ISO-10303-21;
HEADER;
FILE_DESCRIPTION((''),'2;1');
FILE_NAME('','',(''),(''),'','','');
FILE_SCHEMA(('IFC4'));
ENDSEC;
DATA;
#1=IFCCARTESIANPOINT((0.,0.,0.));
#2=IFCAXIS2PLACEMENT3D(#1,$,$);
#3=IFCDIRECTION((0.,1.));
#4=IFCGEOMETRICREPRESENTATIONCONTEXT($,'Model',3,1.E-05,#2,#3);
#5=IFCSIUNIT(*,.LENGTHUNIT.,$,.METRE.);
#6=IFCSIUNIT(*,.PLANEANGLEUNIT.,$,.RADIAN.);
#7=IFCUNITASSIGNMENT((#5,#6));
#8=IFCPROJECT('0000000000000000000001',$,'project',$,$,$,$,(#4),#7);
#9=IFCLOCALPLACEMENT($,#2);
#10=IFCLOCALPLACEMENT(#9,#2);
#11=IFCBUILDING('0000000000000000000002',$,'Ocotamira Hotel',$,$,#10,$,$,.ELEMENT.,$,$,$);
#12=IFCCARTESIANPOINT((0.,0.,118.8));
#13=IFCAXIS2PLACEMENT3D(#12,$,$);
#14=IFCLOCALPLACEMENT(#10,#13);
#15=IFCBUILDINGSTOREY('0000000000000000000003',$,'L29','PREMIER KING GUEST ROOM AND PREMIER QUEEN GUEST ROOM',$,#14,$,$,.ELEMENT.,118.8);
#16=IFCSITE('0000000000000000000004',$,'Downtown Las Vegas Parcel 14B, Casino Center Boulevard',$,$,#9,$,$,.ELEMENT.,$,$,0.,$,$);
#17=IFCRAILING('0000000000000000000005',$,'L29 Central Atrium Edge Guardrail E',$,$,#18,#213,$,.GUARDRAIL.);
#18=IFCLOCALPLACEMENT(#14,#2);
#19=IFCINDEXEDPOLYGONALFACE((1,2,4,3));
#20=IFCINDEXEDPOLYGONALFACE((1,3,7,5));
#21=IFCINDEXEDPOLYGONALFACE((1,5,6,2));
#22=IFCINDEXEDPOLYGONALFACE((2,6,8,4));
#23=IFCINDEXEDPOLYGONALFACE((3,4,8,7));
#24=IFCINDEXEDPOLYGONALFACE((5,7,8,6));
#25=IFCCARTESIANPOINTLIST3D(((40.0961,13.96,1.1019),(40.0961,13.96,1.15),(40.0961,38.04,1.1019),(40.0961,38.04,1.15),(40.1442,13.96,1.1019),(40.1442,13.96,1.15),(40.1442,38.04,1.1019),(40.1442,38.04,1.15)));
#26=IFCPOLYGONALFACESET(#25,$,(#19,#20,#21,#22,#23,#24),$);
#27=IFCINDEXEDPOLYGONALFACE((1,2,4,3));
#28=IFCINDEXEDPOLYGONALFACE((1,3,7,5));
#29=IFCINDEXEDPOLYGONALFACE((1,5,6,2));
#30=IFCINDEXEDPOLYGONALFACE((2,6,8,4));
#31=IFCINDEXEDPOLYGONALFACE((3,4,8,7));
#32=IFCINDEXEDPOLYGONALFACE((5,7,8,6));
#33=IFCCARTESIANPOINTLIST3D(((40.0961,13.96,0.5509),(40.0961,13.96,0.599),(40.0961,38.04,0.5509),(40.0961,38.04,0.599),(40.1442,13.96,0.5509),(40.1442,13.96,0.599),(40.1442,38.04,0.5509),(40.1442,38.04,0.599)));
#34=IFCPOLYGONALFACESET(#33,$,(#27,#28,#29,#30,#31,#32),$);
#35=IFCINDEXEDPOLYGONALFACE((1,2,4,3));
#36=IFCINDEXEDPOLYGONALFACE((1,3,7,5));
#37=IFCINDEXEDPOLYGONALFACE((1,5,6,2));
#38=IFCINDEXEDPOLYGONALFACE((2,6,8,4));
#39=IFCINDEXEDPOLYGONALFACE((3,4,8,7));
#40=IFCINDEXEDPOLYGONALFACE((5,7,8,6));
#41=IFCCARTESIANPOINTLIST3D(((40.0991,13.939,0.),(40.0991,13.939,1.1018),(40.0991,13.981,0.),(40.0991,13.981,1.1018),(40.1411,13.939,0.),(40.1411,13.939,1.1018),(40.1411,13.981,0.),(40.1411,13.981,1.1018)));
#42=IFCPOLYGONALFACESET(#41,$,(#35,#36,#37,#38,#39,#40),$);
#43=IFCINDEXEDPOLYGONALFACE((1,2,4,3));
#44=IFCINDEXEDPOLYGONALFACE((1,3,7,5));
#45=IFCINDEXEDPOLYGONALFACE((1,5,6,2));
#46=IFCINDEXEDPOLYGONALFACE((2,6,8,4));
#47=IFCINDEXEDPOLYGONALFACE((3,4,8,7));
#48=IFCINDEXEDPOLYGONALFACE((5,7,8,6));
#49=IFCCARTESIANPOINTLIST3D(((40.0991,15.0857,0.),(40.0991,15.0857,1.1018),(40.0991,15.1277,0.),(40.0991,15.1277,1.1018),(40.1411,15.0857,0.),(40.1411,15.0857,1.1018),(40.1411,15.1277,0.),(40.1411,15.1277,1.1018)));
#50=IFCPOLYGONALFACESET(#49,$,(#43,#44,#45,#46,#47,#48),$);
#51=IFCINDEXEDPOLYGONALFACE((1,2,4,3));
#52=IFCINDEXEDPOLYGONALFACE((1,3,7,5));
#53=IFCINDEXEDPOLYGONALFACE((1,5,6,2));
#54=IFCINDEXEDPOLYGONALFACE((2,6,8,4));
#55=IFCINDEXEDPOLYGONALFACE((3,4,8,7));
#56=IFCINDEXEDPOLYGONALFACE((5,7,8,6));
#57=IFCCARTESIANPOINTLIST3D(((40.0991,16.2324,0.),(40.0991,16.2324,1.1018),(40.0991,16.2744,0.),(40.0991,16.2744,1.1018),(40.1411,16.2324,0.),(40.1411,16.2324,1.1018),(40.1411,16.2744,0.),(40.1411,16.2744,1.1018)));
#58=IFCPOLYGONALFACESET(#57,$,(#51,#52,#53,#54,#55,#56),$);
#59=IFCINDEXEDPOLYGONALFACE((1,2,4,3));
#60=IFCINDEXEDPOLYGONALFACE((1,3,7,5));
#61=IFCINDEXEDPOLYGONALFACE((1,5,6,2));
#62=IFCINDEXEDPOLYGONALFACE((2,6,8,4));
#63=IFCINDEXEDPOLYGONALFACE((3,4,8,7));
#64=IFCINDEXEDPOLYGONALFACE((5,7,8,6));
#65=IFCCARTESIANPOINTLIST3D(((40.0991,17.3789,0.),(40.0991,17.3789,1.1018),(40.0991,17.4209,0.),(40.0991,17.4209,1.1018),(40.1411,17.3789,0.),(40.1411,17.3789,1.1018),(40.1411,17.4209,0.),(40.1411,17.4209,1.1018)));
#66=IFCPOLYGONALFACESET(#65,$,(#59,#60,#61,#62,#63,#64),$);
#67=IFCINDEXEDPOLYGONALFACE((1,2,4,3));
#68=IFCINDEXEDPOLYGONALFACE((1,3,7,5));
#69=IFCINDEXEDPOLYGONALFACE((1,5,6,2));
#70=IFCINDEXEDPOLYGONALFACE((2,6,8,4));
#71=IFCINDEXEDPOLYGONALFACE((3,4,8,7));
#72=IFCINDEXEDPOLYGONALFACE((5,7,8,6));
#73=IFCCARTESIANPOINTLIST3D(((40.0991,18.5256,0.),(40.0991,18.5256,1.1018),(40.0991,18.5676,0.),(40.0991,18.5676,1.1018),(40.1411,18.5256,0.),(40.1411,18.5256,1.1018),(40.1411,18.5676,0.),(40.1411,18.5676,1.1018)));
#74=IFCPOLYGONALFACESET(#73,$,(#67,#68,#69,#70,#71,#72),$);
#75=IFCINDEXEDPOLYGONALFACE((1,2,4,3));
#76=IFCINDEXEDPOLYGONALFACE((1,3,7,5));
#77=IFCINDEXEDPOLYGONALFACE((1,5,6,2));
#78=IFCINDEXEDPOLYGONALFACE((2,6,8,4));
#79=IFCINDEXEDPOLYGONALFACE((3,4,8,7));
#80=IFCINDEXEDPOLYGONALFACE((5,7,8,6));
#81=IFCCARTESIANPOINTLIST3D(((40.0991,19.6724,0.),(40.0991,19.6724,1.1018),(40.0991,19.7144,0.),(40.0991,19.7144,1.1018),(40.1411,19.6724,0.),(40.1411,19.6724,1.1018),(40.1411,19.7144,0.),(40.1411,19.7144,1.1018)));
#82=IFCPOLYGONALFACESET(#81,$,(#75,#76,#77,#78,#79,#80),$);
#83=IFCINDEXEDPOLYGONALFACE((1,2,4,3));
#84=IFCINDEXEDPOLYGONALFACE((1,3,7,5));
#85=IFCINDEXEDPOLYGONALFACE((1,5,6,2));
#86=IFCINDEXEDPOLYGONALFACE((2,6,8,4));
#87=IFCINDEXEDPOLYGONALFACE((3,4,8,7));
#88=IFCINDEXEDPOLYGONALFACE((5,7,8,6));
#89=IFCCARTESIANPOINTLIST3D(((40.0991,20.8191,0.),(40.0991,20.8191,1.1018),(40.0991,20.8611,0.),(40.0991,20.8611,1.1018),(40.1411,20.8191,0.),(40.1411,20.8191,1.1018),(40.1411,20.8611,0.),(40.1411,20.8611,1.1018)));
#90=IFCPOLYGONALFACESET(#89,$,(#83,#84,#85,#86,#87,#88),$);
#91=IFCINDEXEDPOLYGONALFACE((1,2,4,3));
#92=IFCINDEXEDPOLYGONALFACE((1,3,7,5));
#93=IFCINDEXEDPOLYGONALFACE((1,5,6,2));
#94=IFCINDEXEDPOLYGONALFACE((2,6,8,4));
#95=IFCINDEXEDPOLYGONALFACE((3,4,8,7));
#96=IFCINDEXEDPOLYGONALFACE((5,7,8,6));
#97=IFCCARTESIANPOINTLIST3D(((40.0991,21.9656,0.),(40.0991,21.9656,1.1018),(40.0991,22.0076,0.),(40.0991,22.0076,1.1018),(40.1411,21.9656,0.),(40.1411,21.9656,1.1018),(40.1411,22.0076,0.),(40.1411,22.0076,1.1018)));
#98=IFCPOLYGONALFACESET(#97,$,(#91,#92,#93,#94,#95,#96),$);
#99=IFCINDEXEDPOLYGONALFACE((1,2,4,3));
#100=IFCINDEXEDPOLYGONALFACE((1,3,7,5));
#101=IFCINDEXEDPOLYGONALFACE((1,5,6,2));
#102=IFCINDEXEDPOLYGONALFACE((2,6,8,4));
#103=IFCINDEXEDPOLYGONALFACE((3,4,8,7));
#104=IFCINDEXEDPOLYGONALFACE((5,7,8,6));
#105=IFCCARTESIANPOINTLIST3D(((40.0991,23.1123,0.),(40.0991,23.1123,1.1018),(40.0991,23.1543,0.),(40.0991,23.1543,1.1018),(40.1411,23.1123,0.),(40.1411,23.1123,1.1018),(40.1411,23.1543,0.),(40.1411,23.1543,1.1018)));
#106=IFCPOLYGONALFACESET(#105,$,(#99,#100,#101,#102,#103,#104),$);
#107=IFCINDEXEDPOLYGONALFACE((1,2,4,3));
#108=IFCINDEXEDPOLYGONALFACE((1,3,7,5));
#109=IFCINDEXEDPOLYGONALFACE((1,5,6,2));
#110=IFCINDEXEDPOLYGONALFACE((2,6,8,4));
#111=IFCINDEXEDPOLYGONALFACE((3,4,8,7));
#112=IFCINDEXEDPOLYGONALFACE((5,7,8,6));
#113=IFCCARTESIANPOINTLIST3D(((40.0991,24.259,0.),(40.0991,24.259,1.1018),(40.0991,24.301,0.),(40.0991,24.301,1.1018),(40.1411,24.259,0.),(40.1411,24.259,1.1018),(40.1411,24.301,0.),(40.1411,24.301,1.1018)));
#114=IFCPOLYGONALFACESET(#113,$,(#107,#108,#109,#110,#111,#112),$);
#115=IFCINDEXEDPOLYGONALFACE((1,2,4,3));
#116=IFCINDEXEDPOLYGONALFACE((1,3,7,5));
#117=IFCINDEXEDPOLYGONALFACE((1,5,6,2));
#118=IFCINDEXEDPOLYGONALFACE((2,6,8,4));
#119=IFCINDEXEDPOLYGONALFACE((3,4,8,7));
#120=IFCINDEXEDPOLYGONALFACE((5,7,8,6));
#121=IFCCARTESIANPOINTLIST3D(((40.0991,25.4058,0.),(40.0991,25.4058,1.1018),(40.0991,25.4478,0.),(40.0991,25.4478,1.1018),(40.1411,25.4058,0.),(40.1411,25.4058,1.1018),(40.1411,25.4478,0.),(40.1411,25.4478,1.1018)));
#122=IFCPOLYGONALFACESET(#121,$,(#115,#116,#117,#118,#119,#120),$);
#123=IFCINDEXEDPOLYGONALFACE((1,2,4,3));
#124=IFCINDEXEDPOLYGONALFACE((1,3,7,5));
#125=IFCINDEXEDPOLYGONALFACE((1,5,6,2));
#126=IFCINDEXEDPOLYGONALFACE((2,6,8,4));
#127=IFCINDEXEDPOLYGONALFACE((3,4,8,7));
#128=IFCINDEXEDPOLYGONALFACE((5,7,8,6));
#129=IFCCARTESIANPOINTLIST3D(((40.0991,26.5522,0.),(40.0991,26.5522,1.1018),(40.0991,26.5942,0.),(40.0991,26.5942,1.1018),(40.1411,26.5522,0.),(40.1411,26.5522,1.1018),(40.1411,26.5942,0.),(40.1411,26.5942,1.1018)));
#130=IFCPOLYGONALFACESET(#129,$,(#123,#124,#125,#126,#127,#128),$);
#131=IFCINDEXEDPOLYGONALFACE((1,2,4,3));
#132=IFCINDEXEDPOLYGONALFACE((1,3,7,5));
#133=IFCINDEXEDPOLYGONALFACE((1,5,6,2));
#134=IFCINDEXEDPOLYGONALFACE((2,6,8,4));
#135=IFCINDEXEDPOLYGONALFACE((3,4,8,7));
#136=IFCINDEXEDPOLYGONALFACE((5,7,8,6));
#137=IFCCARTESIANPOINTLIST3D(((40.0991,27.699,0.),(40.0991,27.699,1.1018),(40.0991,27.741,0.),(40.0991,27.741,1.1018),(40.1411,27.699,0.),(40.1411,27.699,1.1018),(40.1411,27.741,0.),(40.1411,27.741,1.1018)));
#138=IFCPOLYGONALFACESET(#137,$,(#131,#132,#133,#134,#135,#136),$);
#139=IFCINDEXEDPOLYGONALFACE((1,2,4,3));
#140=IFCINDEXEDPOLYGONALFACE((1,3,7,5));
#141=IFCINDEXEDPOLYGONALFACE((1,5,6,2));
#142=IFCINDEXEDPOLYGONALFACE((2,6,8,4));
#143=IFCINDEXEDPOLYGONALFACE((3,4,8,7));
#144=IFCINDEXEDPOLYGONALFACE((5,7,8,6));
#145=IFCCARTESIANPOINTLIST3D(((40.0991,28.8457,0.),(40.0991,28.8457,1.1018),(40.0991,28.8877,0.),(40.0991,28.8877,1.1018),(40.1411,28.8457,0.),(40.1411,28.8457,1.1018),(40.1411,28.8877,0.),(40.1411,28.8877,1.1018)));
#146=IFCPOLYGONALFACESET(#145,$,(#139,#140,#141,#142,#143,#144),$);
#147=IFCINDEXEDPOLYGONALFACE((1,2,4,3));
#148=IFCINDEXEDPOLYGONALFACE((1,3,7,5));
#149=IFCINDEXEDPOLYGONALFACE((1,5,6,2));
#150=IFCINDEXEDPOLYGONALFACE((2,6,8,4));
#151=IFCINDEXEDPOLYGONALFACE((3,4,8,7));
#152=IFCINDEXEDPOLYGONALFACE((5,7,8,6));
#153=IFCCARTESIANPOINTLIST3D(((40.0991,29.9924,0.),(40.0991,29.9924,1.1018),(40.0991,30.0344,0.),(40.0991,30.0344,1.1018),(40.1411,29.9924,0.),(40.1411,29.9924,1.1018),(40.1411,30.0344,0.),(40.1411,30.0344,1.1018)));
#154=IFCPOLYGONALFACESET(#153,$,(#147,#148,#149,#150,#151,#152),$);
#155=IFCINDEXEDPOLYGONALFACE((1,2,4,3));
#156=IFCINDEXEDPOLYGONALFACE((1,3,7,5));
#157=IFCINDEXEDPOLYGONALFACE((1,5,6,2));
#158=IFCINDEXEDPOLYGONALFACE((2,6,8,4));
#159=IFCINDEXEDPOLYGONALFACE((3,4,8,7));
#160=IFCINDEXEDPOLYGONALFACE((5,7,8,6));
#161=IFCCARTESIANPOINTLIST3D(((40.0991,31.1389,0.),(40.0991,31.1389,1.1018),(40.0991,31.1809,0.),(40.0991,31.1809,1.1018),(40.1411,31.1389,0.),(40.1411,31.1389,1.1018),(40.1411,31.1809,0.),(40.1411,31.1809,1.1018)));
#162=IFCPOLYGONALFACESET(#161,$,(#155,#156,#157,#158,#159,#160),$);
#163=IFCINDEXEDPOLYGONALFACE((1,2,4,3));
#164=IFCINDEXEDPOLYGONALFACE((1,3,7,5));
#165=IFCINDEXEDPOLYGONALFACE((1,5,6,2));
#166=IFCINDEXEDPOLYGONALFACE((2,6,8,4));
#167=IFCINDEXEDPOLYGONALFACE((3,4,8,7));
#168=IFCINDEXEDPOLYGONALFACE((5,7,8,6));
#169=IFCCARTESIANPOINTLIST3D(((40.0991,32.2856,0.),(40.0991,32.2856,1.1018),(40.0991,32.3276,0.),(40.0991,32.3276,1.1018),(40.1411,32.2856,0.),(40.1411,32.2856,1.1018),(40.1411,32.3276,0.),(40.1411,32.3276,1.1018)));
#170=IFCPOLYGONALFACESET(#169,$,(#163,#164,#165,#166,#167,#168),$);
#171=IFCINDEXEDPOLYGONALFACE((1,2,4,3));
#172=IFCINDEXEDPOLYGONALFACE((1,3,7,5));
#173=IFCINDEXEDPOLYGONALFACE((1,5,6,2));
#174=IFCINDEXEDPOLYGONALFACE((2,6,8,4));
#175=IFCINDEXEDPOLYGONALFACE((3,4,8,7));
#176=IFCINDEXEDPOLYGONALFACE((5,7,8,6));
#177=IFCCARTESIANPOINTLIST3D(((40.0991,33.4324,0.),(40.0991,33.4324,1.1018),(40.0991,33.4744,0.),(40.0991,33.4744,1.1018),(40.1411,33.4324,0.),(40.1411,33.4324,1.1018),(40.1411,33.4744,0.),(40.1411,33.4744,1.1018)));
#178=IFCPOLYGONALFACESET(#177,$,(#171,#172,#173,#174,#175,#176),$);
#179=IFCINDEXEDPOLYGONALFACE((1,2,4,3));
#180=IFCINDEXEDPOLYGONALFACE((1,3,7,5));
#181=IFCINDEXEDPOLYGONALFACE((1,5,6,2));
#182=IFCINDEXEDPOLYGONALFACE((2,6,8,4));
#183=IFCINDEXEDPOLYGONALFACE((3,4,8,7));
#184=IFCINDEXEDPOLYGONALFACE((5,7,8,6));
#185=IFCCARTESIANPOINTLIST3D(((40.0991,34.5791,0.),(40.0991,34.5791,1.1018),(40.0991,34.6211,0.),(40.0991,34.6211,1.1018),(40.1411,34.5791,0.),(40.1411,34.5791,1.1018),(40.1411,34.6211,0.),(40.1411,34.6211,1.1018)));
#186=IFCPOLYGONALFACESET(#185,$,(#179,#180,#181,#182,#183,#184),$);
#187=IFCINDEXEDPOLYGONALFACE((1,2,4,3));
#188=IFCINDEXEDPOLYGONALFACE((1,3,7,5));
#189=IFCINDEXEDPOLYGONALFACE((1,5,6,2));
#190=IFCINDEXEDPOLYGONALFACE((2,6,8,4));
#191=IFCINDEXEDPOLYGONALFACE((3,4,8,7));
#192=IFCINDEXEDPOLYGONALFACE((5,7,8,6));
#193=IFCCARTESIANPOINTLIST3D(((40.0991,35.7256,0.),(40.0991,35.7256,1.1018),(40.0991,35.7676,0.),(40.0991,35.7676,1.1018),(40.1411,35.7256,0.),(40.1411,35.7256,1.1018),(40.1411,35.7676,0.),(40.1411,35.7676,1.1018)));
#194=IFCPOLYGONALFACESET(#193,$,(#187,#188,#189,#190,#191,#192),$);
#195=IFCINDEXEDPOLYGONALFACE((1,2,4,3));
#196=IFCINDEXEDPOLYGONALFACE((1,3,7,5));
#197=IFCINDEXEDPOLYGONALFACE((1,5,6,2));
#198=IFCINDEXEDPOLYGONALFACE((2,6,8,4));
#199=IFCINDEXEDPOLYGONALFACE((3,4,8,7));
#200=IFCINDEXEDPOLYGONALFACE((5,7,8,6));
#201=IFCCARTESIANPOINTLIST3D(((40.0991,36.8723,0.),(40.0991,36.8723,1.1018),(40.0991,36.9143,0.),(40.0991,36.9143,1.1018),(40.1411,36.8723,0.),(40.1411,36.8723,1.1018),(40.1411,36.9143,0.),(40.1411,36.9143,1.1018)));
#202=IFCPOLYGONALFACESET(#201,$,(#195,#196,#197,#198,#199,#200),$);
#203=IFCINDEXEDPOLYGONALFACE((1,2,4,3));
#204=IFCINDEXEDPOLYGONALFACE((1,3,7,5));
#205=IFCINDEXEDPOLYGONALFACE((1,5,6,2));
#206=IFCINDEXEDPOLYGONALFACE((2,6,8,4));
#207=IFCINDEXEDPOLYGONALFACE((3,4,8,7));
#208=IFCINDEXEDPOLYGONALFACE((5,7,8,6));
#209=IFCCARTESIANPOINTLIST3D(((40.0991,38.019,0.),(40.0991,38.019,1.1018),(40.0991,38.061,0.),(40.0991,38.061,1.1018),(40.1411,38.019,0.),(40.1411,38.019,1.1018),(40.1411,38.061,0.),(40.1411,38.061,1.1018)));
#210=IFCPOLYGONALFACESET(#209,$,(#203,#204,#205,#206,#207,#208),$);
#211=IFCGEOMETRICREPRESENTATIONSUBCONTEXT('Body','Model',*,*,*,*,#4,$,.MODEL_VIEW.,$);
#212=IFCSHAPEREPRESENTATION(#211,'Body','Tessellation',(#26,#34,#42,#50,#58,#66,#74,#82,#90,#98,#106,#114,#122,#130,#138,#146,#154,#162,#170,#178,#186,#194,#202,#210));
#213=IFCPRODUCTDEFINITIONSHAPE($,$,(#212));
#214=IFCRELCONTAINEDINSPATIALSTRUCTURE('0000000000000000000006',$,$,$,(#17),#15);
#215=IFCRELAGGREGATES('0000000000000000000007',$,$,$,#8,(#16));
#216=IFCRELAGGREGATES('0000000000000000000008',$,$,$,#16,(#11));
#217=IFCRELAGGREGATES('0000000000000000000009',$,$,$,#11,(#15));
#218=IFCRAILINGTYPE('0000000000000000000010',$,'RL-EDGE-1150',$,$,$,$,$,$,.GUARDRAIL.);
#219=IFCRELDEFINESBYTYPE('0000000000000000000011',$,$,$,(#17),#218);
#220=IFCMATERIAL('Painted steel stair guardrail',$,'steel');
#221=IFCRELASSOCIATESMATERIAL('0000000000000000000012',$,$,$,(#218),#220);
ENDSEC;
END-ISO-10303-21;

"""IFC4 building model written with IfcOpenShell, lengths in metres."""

from ifc_helpers import new_model, si_unit, direction, frame, origin, origin_2d, place, context, subcontext, project, spatial, rectangle, extrude, material, type_object, element, save


model = new_model("IFC4")

# Units and contexts
model_context = context("Model", 3, precision=1e-05, world=origin(), true_north=direction((0.0, 1.0)))
body_context = subcontext(model_context, "Body", "Model", "MODEL_VIEW")
ifc_project = project(units=[si_unit("LENGTHUNIT", "METRE"), si_unit("PLANEANGLEUNIT", "RADIAN")], contexts=[model_context])

# Site, building, storey
site_placement = place(None, origin())
site = spatial("IfcSite", under=ifc_project, at=site_placement, Name="Downtown Las Vegas Parcel 14B, Casino Center Boulevard", CompositionType="ELEMENT", RefElevation=0.0)
building_placement = place(site_placement, origin())
building = spatial("IfcBuilding", under=site, at=building_placement, Name="Ocotamira Hotel", CompositionType="ELEMENT")
storey_placement = place(building_placement, frame((0.0, 0.0, 118.8)))
storey = spatial("IfcBuildingStorey", under=building, at=storey_placement, Name="L29", Description="PREMIER KING GUEST ROOM AND PREMIER QUEEN GUEST ROOM", CompositionType="ELEMENT", Elevation=118.8)

# Railing
ifc_material_1 = material(Name="Painted steel stair guardrail", Category="steel")
railing_type = type_object("IfcRailingType", Name="RL-EDGE-1150", PredefinedType="GUARDRAIL", material=ifc_material_1)
railing_placement = place(storey_placement, frame((40.1201, 13.96, 0.0)))
element("IfcRailing", 1, at=railing_placement, inside=storey, type_object=railing_type, Name="L29 Central Atrium Edge Guardrail E", PredefinedType="GUARDRAIL", context=body_context, shape_type="SweptSolid", body=[
    extrude(rectangle(XDim=0.0481, YDim=0.0481, at=origin_2d()), frame((0.0, 0.0, 1.126), z_axis=(0.0, 1.0, 0.0), x_axis=(-1.0, 0.0, 0.0)), (0.0, 0.0, 1.0), 24.0801),
    extrude(rectangle(XDim=0.0481, YDim=0.0481, at=origin_2d()), frame((0.0, 0.0, 0.575), z_axis=(0.0, 1.0, 0.0), x_axis=(-1.0, 0.0, 0.0)), (0.0, 0.0, 1.0), 24.0801),
    extrude(rectangle(XDim=0.042, YDim=0.042, at=origin_2d()), origin(), (0.0, 0.0, 1.0), 1.1018),
    extrude(rectangle(XDim=0.042, YDim=0.042, at=origin_2d()), frame((0.0, 1.1467, 0.0)), (0.0, 0.0, 1.0), 1.1018),
    extrude(rectangle(XDim=0.042, YDim=0.042, at=origin_2d()), frame((0.0, 2.2935, 0.0)), (0.0, 0.0, 1.0), 1.1018),
    extrude(rectangle(XDim=0.042, YDim=0.042, at=origin_2d()), frame((0.0, 3.4399, 0.0)), (0.0, 0.0, 1.0), 1.1018),
    extrude(rectangle(XDim=0.042, YDim=0.042, at=origin_2d()), frame((0.0, 4.5867, 0.0)), (0.0, 0.0, 1.0), 1.1018),
    extrude(rectangle(XDim=0.042, YDim=0.042, at=origin_2d()), frame((0.0, 5.7334, 0.0)), (0.0, 0.0, 1.0), 1.1018),
    extrude(rectangle(XDim=0.042, YDim=0.042, at=origin_2d()), frame((0.0, 6.8801, 0.0)), (0.0, 0.0, 1.0), 1.1018),
    extrude(rectangle(XDim=0.042, YDim=0.042, at=origin_2d()), frame((0.0, 8.0266, 0.0)), (0.0, 0.0, 1.0), 1.1018),
    extrude(rectangle(XDim=0.042, YDim=0.042, at=origin_2d()), frame((0.0, 9.1733, 0.0)), (0.0, 0.0, 1.0), 1.1018),
    extrude(rectangle(XDim=0.042, YDim=0.042, at=origin_2d()), frame((0.0, 10.3201, 0.0)), (0.0, 0.0, 1.0), 1.1018),
    extrude(rectangle(XDim=0.042, YDim=0.042, at=origin_2d()), frame((0.0, 11.4668, 0.0)), (0.0, 0.0, 1.0), 1.1018),
    extrude(rectangle(XDim=0.042, YDim=0.042, at=origin_2d()), frame((0.0, 12.6133, 0.0)), (0.0, 0.0, 1.0), 1.1018),
    extrude(rectangle(XDim=0.042, YDim=0.042, at=origin_2d()), frame((0.0, 13.76, 0.0)), (0.0, 0.0, 1.0), 1.1018),
    extrude(rectangle(XDim=0.042, YDim=0.042, at=origin_2d()), frame((0.0, 14.9067, 0.0)), (0.0, 0.0, 1.0), 1.1018),
    extrude(rectangle(XDim=0.042, YDim=0.042, at=origin_2d()), frame((0.0, 16.0535, 0.0)), (0.0, 0.0, 1.0), 1.1018),
    extrude(rectangle(XDim=0.042, YDim=0.042, at=origin_2d()), frame((0.0, 17.2, 0.0)), (0.0, 0.0, 1.0), 1.1018),
    extrude(rectangle(XDim=0.042, YDim=0.042, at=origin_2d()), frame((0.0, 18.3467, 0.0)), (0.0, 0.0, 1.0), 1.1018),
    extrude(rectangle(XDim=0.042, YDim=0.042, at=origin_2d()), frame((0.0, 19.4934, 0.0)), (0.0, 0.0, 1.0), 1.1018),
    extrude(rectangle(XDim=0.042, YDim=0.042, at=origin_2d()), frame((0.0, 20.6401, 0.0)), (0.0, 0.0, 1.0), 1.1018),
    extrude(rectangle(XDim=0.042, YDim=0.042, at=origin_2d()), frame((0.0, 21.7866, 0.0)), (0.0, 0.0, 1.0), 1.1018),
    extrude(rectangle(XDim=0.042, YDim=0.042, at=origin_2d()), frame((0.0, 22.9333, 0.0)), (0.0, 0.0, 1.0), 1.1018),
    extrude(rectangle(XDim=0.042, YDim=0.042, at=origin_2d()), frame((0.0, 24.0801, 0.0)), (0.0, 0.0, 1.0), 1.1018),
])

save(model, "model.ifc")
